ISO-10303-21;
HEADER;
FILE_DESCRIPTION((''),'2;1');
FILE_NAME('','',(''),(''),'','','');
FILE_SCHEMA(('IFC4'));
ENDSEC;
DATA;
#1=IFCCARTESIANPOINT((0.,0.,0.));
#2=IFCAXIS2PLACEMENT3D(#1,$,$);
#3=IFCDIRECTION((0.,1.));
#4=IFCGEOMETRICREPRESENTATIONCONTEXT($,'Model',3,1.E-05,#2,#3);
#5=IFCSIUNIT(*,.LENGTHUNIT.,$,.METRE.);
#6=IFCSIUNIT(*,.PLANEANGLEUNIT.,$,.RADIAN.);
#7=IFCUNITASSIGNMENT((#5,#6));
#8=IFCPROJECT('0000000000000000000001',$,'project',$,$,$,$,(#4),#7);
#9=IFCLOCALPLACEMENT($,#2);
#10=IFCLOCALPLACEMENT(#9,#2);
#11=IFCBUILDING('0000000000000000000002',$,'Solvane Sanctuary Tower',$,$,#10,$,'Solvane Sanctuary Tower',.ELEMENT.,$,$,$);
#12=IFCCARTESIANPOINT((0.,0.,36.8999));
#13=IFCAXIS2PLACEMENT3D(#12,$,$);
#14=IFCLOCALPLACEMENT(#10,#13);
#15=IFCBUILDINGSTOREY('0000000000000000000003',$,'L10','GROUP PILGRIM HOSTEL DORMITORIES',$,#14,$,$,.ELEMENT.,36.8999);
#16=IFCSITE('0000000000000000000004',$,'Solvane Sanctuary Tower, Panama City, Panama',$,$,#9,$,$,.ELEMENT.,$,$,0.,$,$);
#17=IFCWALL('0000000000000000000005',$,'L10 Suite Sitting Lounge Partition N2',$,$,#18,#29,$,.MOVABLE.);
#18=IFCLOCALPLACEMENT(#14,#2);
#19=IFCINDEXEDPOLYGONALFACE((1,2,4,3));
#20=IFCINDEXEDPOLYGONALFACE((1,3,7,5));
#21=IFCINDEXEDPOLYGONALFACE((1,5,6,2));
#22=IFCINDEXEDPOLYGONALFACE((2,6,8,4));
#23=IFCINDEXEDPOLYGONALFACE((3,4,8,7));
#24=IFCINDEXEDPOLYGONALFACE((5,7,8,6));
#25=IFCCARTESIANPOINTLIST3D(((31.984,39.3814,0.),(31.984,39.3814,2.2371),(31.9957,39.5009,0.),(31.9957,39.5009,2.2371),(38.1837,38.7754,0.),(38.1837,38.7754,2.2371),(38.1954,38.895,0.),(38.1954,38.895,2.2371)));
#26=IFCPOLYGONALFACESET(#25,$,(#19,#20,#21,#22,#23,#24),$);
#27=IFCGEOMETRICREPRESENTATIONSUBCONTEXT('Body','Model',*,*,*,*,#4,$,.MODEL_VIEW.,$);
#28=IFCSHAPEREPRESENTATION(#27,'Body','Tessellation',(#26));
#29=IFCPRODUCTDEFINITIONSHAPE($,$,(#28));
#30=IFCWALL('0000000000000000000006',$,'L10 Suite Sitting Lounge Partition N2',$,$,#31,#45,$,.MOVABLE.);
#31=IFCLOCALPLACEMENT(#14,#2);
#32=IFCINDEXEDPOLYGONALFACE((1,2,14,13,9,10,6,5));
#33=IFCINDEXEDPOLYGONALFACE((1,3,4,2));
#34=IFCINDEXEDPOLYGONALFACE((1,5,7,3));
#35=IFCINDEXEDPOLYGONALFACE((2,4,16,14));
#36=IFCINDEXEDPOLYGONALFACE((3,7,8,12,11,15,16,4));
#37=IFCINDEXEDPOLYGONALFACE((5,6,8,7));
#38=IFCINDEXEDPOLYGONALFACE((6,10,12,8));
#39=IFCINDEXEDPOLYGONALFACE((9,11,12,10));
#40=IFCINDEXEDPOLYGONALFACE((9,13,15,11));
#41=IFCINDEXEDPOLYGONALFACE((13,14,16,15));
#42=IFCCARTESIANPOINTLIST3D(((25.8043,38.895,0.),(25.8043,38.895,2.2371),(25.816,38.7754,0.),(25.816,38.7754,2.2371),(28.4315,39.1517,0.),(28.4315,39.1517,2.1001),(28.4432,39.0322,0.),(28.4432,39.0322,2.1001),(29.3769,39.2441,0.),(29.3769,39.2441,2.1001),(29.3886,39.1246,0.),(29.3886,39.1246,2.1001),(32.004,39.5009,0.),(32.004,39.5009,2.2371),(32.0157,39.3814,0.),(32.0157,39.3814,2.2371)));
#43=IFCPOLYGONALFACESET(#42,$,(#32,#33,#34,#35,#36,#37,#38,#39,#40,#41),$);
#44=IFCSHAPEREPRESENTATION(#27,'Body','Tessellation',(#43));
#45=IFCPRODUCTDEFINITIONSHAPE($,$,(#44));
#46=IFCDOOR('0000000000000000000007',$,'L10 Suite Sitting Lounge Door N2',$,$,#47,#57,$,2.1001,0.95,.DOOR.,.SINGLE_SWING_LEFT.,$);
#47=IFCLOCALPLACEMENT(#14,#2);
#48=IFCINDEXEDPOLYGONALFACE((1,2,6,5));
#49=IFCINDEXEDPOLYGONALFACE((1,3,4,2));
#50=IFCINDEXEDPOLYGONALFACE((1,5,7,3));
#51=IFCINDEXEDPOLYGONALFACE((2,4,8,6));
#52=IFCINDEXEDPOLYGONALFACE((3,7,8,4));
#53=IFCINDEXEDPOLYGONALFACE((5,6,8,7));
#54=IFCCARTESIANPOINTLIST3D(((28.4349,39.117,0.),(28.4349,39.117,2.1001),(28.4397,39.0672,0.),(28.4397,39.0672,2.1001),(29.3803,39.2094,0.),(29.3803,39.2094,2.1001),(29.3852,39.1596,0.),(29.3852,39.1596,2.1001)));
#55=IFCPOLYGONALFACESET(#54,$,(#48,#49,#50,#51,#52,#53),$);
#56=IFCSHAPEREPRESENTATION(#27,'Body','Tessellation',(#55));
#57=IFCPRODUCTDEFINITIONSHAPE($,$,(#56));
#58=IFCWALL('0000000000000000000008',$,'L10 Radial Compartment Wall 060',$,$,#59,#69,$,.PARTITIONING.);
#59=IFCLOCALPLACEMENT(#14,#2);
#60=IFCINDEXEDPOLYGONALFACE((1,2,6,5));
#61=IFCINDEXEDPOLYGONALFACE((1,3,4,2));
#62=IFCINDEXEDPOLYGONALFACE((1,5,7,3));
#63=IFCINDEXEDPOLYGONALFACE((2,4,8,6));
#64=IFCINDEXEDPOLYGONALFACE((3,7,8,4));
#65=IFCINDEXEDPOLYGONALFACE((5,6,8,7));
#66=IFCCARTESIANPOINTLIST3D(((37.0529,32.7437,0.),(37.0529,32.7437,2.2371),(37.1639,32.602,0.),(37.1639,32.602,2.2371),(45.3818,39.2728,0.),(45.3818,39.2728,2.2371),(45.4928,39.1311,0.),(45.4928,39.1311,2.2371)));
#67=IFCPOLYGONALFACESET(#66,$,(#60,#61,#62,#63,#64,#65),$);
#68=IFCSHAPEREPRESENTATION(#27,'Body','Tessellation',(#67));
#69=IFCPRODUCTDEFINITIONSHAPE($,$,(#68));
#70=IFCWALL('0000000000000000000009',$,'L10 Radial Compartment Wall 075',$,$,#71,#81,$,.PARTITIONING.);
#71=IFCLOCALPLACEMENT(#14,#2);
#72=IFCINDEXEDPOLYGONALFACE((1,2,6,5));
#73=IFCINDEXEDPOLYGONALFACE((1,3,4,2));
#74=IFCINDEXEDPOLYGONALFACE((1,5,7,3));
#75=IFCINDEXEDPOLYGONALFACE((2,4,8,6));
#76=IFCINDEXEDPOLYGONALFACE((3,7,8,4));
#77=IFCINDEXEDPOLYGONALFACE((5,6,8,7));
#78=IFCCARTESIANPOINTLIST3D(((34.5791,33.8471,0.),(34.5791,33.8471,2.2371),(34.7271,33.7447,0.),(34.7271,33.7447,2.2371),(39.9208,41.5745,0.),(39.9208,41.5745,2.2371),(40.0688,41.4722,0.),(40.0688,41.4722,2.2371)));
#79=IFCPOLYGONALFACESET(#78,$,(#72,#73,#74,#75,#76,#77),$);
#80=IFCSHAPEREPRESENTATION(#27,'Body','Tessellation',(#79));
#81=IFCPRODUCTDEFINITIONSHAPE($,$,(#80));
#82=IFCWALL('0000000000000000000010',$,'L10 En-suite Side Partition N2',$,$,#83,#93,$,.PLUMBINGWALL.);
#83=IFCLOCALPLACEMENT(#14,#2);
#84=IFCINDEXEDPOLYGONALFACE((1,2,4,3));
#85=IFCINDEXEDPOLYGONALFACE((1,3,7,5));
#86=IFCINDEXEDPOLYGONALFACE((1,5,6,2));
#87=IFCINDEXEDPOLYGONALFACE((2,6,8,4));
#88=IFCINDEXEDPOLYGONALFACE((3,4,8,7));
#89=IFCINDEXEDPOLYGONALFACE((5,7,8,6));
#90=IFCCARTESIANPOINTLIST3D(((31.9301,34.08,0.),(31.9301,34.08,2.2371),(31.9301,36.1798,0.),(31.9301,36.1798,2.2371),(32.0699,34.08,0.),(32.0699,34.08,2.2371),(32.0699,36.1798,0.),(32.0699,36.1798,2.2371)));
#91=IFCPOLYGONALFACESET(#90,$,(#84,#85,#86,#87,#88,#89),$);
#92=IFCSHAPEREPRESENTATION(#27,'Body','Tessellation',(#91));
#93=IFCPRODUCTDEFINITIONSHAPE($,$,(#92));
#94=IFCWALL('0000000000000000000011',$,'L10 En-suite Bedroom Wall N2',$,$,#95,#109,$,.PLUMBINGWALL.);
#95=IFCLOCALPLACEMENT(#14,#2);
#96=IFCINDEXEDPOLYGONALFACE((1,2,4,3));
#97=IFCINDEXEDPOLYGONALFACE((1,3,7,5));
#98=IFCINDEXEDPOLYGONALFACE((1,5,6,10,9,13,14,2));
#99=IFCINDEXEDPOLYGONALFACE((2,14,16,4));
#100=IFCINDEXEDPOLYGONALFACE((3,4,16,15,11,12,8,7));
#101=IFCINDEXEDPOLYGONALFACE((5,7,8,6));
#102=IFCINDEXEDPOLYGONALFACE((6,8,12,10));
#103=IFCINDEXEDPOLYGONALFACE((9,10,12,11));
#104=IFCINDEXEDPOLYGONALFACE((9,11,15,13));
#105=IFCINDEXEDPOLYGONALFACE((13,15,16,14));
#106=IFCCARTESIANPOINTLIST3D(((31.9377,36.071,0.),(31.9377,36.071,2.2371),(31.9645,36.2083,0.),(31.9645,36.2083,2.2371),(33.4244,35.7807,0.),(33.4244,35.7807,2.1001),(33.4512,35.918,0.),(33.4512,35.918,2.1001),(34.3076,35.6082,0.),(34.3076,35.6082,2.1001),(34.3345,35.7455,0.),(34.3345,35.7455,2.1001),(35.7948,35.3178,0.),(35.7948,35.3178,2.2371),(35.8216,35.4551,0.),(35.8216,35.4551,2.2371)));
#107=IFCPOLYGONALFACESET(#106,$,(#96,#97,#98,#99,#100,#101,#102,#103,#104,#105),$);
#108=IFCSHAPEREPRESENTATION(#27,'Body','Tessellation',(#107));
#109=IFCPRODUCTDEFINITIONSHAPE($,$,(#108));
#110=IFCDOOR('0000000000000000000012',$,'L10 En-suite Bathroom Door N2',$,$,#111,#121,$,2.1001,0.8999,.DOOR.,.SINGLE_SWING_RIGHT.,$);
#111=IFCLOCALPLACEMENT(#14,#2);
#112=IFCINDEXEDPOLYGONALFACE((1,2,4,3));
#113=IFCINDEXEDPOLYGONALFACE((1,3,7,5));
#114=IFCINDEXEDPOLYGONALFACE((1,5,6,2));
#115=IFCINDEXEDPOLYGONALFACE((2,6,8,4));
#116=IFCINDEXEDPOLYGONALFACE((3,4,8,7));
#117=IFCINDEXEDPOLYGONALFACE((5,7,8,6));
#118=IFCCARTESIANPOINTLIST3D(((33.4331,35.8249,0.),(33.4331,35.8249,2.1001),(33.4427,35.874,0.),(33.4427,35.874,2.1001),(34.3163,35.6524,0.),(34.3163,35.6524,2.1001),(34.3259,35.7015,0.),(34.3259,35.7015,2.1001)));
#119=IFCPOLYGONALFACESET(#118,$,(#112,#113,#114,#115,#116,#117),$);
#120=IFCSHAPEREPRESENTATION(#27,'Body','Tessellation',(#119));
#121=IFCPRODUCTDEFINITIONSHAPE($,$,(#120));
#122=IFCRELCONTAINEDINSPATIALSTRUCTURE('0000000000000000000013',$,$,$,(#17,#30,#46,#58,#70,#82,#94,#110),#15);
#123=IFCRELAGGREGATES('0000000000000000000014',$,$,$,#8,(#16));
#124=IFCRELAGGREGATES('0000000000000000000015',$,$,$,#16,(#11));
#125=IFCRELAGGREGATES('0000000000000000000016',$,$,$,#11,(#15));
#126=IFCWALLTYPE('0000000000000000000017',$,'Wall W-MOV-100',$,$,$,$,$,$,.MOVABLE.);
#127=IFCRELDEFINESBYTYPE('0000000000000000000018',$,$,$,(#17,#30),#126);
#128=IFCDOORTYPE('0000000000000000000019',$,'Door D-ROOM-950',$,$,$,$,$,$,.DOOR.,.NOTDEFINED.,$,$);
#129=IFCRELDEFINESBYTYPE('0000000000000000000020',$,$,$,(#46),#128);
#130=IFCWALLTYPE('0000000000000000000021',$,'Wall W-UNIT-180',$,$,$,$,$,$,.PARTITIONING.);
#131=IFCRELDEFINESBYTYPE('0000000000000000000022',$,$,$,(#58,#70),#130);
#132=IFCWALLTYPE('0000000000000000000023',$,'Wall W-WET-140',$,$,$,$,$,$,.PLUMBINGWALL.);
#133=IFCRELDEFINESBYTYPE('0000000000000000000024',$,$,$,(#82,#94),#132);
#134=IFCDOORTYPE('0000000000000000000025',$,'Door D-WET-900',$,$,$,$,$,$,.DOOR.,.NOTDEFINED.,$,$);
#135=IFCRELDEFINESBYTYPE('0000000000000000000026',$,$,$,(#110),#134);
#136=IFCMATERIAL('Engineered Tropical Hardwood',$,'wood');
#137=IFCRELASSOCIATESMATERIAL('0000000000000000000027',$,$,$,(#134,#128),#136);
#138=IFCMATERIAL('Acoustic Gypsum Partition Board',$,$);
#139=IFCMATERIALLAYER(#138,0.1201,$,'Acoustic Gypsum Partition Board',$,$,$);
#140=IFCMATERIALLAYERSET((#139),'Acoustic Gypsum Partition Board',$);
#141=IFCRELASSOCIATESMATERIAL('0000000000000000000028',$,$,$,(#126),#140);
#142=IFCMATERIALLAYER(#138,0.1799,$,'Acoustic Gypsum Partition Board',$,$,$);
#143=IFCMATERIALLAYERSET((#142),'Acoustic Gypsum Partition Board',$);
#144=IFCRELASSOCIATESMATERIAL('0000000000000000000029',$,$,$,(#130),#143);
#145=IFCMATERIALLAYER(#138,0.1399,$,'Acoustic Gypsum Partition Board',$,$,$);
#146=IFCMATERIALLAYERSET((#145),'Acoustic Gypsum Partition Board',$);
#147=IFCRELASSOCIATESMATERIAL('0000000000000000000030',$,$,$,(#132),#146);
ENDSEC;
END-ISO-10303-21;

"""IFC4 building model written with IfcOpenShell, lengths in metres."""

from ifc_helpers import new_model, si_unit, direction, frame, frame_2d, origin, place, context, subcontext, project, spatial, rectangle, extrude, material, layer, layer_set, type_object, element, fill, save


model = new_model("IFC4")

# Units and contexts
model_context = context("Model", 3, precision=1e-05, world=origin(), true_north=direction((0.0, 1.0)))
body_context = subcontext(model_context, "Body", "Model", "MODEL_VIEW")
ifc_project = project(units=[si_unit("LENGTHUNIT", "METRE"), si_unit("PLANEANGLEUNIT", "RADIAN")], contexts=[model_context])

# Site, building, storey
site_placement = place(None, origin())
site = spatial("IfcSite", under=ifc_project, at=site_placement, Name="Solvane Sanctuary Tower, Panama City, Panama", CompositionType="ELEMENT", RefElevation=0.0)
building_placement = place(site_placement, origin())
building = spatial("IfcBuilding", under=site, at=building_placement, Name="Solvane Sanctuary Tower", LongName="Solvane Sanctuary Tower", CompositionType="ELEMENT")
storey_placement = place(building_placement, frame((0.0, 0.0, 36.8999)))
storey = spatial("IfcBuildingStorey", under=building, at=storey_placement, Name="L10", Description="GROUP PILGRIM HOSTEL DORMITORIES", CompositionType="ELEMENT", Elevation=36.8999)

# Shared definitions
ifc_material_1 = material(Name="Acoustic Gypsum Partition Board")

# Shared definitions
ifc_material_2 = material(Name="Engineered Tropical Hardwood", Category="wood")
door_type_1 = type_object("IfcDoorType", Name="Door D-WET-900", OperationType="NOTDEFINED", PredefinedType="DOOR", material=ifc_material_2)
door_type_2 = type_object("IfcDoorType", Name="Door D-ROOM-950", OperationType="NOTDEFINED", PredefinedType="DOOR", material=ifc_material_2)

# Wall
ifc_layer_1 = layer(ifc_material_1, 0.1201, Name="Acoustic Gypsum Partition Board")
ifc_layer_set_1 = layer_set([ifc_layer_1], Name="Acoustic Gypsum Partition Board")
wall_type_1 = type_object("IfcWallType", Name="Wall W-MOV-100", PredefinedType="MOVABLE", material=ifc_layer_set_1)
wall_1_placement = place(storey_placement, frame((38.1897, 38.8352, 0.0), z_axis=(0.0, 0.0, 1.0), x_axis=(-0.995257, 0.097276, 0.0)))
element("IfcWall", 1, at=wall_1_placement, inside=storey, type_object=wall_type_1, Name="L10 Suite Sitting Lounge Partition N2", PredefinedType="MOVABLE", context=body_context, shape_type="SweptSolid", body=[
    extrude(rectangle(XDim=6.2292, YDim=0.1201, at=frame_2d((3.1147, 0.0))), origin(), (0.0, 0.0, 1.0), 2.2371),
])

# Wall, opening, door
wall_2_placement = place(storey_placement, frame((32.01, 39.4412, 0.0), z_axis=(0.0, 0.0, 1.0), x_axis=(-0.995257, -0.097276, 0.0)))
wall_2 = element("IfcWall", 2, at=wall_2_placement, inside=storey, type_object=wall_type_1, Name="L10 Suite Sitting Lounge Partition N2", PredefinedType="MOVABLE", context=body_context, shape_type="SweptSolid", body=[
    extrude(rectangle(XDim=6.2292, YDim=0.1201, at=frame_2d((3.1147, 0.0))), origin(), (0.0, 0.0, 1.0), 2.2371),
])
opening_1_placement = place(wall_2_placement, frame((2.6396, 0.0, 0.0)))
opening_1 = element("IfcOpeningElement", 3, at=opening_1_placement, cuts=wall_2, PredefinedType="OPENING", context=body_context, shape_type="SweptSolid", body=[
    extrude(rectangle(XDim=0.95, YDim=2.1001, at=frame_2d((0.4751, 1.05))), frame((0.0, 0.0701, 0.0), z_axis=(0.0, -1.0, 0.0), x_axis=(1.0, 0.0, 0.0)), (0.0, 0.0, 1.0), 0.1401),
])
door_1_placement = place(opening_1_placement, origin())
door_1 = element("IfcDoor", 4, at=door_1_placement, inside=storey, type_object=door_type_2, Name="L10 Suite Sitting Lounge Door N2", OperationType="SINGLE_SWING_LEFT", OverallHeight=2.1001, OverallWidth=0.95, PredefinedType="DOOR", context=body_context, shape_type="SweptSolid", body=[
    extrude(rectangle(XDim=0.95, YDim=2.1001, at=frame_2d((0.4751, 1.05))), frame((0.0, 0.0249, 0.0), z_axis=(0.0, -1.0, 0.0), x_axis=(1.0, 0.0, 0.0)), (0.0, 0.0, 1.0), 0.05),
])
fill(opening_1, door_1)

# Walls
ifc_layer_2 = layer(ifc_material_1, 0.1799, Name="Acoustic Gypsum Partition Board")
ifc_layer_set_2 = layer_set([ifc_layer_2], Name="Acoustic Gypsum Partition Board")
wall_type_2 = type_object("IfcWallType", Name="Wall W-UNIT-180", PredefinedType="PARTITIONING", material=ifc_layer_set_2)
wall_3_placement = place(storey_placement, frame((37.1084, 32.6729, 0.0), z_axis=(0.0, 0.0, 1.0), x_axis=(0.787009, 0.616942, 0.0)))
element("IfcWall", 5, at=wall_3_placement, inside=storey, type_object=wall_type_2, Name="L10 Radial Compartment Wall 060", PredefinedType="PARTITIONING", context=body_context, shape_type="SweptSolid", body=[
    extrude(rectangle(XDim=10.583, YDim=0.1799, at=frame_2d((5.2915, 0.0))), origin(), (0.0, 0.0, 1.0), 2.2371),
])
wall_4_placement = place(storey_placement, frame((34.6531, 33.7959, 0.0), z_axis=(0.0, 0.0, 1.0), x_axis=(0.568631, 0.822592, 0.0)))
element("IfcWall", 6, at=wall_4_placement, inside=storey, type_object=wall_type_2, Name="L10 Radial Compartment Wall 075", PredefinedType="PARTITIONING", context=body_context, shape_type="SweptSolid", body=[
    extrude(rectangle(XDim=9.394, YDim=0.1799, at=frame_2d((4.697, 0.0))), origin(), (0.0, 0.0, 1.0), 2.2371),
])
ifc_layer_3 = layer(ifc_material_1, 0.1399, Name="Acoustic Gypsum Partition Board")
ifc_layer_set_3 = layer_set([ifc_layer_3], Name="Acoustic Gypsum Partition Board")
wall_type_3 = type_object("IfcWallType", Name="Wall W-WET-140", PredefinedType="PLUMBINGWALL", material=ifc_layer_set_3)
wall_5_placement = place(storey_placement, frame((32.0, 34.0801, 0.0), z_axis=(0.0, 0.0, 1.0), x_axis=(0.0, 1.0, 0.0)))
element("IfcWall", 7, at=wall_5_placement, inside=storey, type_object=wall_type_3, Name="L10 En-suite Side Partition N2", PredefinedType="PLUMBINGWALL", context=body_context, shape_type="SweptSolid", body=[
    extrude(rectangle(XDim=2.0999, YDim=0.1399, at=frame_2d((1.0498, 0.0))), origin(), (0.0, 0.0, 1.0), 2.2371),
])

# Wall, opening, door
wall_6_placement = place(storey_placement, frame((35.8081, 35.3865, 0.0), z_axis=(0.0, 0.0, 1.0), x_axis=(-0.981464, 0.191646, 0.0)))
wall_6 = element("IfcWall", 8, at=wall_6_placement, inside=storey, type_object=wall_type_3, Name="L10 En-suite Bedroom Wall N2", PredefinedType="PLUMBINGWALL", context=body_context, shape_type="SweptSolid", body=[
    extrude(rectangle(XDim=3.9299, YDim=0.1399, at=frame_2d((1.9648, 0.0))), origin(), (0.0, 0.0, 1.0), 2.2371),
])
opening_2_placement = place(wall_6_placement, frame((1.5151, 0.0, 0.0)))
opening_2 = element("IfcOpeningElement", 9, at=opening_2_placement, cuts=wall_6, PredefinedType="OPENING", context=body_context, shape_type="SweptSolid", body=[
    extrude(rectangle(XDim=0.8999, YDim=2.1001, at=frame_2d((0.45, 1.05))), frame((0.0, 0.0798, 0.0), z_axis=(0.0, -1.0, 0.0), x_axis=(1.0, 0.0, 0.0)), (0.0, 0.0, 1.0), 0.1599),
])
door_2_placement = place(opening_2_placement, origin())
door_2 = element("IfcDoor", 10, at=door_2_placement, inside=storey, type_object=door_type_1, Name="L10 En-suite Bathroom Door N2", OperationType="SINGLE_SWING_RIGHT", OverallHeight=2.1001, OverallWidth=0.8999, PredefinedType="DOOR", context=body_context, shape_type="SweptSolid", body=[
    extrude(rectangle(XDim=0.8999, YDim=2.1001, at=frame_2d((0.45, 1.05))), frame((0.0, 0.0249, 0.0), z_axis=(0.0, -1.0, 0.0), x_axis=(1.0, 0.0, 0.0)), (0.0, 0.0, 1.0), 0.05),
])
fill(opening_2, door_2)

save(model, "model.ifc")
